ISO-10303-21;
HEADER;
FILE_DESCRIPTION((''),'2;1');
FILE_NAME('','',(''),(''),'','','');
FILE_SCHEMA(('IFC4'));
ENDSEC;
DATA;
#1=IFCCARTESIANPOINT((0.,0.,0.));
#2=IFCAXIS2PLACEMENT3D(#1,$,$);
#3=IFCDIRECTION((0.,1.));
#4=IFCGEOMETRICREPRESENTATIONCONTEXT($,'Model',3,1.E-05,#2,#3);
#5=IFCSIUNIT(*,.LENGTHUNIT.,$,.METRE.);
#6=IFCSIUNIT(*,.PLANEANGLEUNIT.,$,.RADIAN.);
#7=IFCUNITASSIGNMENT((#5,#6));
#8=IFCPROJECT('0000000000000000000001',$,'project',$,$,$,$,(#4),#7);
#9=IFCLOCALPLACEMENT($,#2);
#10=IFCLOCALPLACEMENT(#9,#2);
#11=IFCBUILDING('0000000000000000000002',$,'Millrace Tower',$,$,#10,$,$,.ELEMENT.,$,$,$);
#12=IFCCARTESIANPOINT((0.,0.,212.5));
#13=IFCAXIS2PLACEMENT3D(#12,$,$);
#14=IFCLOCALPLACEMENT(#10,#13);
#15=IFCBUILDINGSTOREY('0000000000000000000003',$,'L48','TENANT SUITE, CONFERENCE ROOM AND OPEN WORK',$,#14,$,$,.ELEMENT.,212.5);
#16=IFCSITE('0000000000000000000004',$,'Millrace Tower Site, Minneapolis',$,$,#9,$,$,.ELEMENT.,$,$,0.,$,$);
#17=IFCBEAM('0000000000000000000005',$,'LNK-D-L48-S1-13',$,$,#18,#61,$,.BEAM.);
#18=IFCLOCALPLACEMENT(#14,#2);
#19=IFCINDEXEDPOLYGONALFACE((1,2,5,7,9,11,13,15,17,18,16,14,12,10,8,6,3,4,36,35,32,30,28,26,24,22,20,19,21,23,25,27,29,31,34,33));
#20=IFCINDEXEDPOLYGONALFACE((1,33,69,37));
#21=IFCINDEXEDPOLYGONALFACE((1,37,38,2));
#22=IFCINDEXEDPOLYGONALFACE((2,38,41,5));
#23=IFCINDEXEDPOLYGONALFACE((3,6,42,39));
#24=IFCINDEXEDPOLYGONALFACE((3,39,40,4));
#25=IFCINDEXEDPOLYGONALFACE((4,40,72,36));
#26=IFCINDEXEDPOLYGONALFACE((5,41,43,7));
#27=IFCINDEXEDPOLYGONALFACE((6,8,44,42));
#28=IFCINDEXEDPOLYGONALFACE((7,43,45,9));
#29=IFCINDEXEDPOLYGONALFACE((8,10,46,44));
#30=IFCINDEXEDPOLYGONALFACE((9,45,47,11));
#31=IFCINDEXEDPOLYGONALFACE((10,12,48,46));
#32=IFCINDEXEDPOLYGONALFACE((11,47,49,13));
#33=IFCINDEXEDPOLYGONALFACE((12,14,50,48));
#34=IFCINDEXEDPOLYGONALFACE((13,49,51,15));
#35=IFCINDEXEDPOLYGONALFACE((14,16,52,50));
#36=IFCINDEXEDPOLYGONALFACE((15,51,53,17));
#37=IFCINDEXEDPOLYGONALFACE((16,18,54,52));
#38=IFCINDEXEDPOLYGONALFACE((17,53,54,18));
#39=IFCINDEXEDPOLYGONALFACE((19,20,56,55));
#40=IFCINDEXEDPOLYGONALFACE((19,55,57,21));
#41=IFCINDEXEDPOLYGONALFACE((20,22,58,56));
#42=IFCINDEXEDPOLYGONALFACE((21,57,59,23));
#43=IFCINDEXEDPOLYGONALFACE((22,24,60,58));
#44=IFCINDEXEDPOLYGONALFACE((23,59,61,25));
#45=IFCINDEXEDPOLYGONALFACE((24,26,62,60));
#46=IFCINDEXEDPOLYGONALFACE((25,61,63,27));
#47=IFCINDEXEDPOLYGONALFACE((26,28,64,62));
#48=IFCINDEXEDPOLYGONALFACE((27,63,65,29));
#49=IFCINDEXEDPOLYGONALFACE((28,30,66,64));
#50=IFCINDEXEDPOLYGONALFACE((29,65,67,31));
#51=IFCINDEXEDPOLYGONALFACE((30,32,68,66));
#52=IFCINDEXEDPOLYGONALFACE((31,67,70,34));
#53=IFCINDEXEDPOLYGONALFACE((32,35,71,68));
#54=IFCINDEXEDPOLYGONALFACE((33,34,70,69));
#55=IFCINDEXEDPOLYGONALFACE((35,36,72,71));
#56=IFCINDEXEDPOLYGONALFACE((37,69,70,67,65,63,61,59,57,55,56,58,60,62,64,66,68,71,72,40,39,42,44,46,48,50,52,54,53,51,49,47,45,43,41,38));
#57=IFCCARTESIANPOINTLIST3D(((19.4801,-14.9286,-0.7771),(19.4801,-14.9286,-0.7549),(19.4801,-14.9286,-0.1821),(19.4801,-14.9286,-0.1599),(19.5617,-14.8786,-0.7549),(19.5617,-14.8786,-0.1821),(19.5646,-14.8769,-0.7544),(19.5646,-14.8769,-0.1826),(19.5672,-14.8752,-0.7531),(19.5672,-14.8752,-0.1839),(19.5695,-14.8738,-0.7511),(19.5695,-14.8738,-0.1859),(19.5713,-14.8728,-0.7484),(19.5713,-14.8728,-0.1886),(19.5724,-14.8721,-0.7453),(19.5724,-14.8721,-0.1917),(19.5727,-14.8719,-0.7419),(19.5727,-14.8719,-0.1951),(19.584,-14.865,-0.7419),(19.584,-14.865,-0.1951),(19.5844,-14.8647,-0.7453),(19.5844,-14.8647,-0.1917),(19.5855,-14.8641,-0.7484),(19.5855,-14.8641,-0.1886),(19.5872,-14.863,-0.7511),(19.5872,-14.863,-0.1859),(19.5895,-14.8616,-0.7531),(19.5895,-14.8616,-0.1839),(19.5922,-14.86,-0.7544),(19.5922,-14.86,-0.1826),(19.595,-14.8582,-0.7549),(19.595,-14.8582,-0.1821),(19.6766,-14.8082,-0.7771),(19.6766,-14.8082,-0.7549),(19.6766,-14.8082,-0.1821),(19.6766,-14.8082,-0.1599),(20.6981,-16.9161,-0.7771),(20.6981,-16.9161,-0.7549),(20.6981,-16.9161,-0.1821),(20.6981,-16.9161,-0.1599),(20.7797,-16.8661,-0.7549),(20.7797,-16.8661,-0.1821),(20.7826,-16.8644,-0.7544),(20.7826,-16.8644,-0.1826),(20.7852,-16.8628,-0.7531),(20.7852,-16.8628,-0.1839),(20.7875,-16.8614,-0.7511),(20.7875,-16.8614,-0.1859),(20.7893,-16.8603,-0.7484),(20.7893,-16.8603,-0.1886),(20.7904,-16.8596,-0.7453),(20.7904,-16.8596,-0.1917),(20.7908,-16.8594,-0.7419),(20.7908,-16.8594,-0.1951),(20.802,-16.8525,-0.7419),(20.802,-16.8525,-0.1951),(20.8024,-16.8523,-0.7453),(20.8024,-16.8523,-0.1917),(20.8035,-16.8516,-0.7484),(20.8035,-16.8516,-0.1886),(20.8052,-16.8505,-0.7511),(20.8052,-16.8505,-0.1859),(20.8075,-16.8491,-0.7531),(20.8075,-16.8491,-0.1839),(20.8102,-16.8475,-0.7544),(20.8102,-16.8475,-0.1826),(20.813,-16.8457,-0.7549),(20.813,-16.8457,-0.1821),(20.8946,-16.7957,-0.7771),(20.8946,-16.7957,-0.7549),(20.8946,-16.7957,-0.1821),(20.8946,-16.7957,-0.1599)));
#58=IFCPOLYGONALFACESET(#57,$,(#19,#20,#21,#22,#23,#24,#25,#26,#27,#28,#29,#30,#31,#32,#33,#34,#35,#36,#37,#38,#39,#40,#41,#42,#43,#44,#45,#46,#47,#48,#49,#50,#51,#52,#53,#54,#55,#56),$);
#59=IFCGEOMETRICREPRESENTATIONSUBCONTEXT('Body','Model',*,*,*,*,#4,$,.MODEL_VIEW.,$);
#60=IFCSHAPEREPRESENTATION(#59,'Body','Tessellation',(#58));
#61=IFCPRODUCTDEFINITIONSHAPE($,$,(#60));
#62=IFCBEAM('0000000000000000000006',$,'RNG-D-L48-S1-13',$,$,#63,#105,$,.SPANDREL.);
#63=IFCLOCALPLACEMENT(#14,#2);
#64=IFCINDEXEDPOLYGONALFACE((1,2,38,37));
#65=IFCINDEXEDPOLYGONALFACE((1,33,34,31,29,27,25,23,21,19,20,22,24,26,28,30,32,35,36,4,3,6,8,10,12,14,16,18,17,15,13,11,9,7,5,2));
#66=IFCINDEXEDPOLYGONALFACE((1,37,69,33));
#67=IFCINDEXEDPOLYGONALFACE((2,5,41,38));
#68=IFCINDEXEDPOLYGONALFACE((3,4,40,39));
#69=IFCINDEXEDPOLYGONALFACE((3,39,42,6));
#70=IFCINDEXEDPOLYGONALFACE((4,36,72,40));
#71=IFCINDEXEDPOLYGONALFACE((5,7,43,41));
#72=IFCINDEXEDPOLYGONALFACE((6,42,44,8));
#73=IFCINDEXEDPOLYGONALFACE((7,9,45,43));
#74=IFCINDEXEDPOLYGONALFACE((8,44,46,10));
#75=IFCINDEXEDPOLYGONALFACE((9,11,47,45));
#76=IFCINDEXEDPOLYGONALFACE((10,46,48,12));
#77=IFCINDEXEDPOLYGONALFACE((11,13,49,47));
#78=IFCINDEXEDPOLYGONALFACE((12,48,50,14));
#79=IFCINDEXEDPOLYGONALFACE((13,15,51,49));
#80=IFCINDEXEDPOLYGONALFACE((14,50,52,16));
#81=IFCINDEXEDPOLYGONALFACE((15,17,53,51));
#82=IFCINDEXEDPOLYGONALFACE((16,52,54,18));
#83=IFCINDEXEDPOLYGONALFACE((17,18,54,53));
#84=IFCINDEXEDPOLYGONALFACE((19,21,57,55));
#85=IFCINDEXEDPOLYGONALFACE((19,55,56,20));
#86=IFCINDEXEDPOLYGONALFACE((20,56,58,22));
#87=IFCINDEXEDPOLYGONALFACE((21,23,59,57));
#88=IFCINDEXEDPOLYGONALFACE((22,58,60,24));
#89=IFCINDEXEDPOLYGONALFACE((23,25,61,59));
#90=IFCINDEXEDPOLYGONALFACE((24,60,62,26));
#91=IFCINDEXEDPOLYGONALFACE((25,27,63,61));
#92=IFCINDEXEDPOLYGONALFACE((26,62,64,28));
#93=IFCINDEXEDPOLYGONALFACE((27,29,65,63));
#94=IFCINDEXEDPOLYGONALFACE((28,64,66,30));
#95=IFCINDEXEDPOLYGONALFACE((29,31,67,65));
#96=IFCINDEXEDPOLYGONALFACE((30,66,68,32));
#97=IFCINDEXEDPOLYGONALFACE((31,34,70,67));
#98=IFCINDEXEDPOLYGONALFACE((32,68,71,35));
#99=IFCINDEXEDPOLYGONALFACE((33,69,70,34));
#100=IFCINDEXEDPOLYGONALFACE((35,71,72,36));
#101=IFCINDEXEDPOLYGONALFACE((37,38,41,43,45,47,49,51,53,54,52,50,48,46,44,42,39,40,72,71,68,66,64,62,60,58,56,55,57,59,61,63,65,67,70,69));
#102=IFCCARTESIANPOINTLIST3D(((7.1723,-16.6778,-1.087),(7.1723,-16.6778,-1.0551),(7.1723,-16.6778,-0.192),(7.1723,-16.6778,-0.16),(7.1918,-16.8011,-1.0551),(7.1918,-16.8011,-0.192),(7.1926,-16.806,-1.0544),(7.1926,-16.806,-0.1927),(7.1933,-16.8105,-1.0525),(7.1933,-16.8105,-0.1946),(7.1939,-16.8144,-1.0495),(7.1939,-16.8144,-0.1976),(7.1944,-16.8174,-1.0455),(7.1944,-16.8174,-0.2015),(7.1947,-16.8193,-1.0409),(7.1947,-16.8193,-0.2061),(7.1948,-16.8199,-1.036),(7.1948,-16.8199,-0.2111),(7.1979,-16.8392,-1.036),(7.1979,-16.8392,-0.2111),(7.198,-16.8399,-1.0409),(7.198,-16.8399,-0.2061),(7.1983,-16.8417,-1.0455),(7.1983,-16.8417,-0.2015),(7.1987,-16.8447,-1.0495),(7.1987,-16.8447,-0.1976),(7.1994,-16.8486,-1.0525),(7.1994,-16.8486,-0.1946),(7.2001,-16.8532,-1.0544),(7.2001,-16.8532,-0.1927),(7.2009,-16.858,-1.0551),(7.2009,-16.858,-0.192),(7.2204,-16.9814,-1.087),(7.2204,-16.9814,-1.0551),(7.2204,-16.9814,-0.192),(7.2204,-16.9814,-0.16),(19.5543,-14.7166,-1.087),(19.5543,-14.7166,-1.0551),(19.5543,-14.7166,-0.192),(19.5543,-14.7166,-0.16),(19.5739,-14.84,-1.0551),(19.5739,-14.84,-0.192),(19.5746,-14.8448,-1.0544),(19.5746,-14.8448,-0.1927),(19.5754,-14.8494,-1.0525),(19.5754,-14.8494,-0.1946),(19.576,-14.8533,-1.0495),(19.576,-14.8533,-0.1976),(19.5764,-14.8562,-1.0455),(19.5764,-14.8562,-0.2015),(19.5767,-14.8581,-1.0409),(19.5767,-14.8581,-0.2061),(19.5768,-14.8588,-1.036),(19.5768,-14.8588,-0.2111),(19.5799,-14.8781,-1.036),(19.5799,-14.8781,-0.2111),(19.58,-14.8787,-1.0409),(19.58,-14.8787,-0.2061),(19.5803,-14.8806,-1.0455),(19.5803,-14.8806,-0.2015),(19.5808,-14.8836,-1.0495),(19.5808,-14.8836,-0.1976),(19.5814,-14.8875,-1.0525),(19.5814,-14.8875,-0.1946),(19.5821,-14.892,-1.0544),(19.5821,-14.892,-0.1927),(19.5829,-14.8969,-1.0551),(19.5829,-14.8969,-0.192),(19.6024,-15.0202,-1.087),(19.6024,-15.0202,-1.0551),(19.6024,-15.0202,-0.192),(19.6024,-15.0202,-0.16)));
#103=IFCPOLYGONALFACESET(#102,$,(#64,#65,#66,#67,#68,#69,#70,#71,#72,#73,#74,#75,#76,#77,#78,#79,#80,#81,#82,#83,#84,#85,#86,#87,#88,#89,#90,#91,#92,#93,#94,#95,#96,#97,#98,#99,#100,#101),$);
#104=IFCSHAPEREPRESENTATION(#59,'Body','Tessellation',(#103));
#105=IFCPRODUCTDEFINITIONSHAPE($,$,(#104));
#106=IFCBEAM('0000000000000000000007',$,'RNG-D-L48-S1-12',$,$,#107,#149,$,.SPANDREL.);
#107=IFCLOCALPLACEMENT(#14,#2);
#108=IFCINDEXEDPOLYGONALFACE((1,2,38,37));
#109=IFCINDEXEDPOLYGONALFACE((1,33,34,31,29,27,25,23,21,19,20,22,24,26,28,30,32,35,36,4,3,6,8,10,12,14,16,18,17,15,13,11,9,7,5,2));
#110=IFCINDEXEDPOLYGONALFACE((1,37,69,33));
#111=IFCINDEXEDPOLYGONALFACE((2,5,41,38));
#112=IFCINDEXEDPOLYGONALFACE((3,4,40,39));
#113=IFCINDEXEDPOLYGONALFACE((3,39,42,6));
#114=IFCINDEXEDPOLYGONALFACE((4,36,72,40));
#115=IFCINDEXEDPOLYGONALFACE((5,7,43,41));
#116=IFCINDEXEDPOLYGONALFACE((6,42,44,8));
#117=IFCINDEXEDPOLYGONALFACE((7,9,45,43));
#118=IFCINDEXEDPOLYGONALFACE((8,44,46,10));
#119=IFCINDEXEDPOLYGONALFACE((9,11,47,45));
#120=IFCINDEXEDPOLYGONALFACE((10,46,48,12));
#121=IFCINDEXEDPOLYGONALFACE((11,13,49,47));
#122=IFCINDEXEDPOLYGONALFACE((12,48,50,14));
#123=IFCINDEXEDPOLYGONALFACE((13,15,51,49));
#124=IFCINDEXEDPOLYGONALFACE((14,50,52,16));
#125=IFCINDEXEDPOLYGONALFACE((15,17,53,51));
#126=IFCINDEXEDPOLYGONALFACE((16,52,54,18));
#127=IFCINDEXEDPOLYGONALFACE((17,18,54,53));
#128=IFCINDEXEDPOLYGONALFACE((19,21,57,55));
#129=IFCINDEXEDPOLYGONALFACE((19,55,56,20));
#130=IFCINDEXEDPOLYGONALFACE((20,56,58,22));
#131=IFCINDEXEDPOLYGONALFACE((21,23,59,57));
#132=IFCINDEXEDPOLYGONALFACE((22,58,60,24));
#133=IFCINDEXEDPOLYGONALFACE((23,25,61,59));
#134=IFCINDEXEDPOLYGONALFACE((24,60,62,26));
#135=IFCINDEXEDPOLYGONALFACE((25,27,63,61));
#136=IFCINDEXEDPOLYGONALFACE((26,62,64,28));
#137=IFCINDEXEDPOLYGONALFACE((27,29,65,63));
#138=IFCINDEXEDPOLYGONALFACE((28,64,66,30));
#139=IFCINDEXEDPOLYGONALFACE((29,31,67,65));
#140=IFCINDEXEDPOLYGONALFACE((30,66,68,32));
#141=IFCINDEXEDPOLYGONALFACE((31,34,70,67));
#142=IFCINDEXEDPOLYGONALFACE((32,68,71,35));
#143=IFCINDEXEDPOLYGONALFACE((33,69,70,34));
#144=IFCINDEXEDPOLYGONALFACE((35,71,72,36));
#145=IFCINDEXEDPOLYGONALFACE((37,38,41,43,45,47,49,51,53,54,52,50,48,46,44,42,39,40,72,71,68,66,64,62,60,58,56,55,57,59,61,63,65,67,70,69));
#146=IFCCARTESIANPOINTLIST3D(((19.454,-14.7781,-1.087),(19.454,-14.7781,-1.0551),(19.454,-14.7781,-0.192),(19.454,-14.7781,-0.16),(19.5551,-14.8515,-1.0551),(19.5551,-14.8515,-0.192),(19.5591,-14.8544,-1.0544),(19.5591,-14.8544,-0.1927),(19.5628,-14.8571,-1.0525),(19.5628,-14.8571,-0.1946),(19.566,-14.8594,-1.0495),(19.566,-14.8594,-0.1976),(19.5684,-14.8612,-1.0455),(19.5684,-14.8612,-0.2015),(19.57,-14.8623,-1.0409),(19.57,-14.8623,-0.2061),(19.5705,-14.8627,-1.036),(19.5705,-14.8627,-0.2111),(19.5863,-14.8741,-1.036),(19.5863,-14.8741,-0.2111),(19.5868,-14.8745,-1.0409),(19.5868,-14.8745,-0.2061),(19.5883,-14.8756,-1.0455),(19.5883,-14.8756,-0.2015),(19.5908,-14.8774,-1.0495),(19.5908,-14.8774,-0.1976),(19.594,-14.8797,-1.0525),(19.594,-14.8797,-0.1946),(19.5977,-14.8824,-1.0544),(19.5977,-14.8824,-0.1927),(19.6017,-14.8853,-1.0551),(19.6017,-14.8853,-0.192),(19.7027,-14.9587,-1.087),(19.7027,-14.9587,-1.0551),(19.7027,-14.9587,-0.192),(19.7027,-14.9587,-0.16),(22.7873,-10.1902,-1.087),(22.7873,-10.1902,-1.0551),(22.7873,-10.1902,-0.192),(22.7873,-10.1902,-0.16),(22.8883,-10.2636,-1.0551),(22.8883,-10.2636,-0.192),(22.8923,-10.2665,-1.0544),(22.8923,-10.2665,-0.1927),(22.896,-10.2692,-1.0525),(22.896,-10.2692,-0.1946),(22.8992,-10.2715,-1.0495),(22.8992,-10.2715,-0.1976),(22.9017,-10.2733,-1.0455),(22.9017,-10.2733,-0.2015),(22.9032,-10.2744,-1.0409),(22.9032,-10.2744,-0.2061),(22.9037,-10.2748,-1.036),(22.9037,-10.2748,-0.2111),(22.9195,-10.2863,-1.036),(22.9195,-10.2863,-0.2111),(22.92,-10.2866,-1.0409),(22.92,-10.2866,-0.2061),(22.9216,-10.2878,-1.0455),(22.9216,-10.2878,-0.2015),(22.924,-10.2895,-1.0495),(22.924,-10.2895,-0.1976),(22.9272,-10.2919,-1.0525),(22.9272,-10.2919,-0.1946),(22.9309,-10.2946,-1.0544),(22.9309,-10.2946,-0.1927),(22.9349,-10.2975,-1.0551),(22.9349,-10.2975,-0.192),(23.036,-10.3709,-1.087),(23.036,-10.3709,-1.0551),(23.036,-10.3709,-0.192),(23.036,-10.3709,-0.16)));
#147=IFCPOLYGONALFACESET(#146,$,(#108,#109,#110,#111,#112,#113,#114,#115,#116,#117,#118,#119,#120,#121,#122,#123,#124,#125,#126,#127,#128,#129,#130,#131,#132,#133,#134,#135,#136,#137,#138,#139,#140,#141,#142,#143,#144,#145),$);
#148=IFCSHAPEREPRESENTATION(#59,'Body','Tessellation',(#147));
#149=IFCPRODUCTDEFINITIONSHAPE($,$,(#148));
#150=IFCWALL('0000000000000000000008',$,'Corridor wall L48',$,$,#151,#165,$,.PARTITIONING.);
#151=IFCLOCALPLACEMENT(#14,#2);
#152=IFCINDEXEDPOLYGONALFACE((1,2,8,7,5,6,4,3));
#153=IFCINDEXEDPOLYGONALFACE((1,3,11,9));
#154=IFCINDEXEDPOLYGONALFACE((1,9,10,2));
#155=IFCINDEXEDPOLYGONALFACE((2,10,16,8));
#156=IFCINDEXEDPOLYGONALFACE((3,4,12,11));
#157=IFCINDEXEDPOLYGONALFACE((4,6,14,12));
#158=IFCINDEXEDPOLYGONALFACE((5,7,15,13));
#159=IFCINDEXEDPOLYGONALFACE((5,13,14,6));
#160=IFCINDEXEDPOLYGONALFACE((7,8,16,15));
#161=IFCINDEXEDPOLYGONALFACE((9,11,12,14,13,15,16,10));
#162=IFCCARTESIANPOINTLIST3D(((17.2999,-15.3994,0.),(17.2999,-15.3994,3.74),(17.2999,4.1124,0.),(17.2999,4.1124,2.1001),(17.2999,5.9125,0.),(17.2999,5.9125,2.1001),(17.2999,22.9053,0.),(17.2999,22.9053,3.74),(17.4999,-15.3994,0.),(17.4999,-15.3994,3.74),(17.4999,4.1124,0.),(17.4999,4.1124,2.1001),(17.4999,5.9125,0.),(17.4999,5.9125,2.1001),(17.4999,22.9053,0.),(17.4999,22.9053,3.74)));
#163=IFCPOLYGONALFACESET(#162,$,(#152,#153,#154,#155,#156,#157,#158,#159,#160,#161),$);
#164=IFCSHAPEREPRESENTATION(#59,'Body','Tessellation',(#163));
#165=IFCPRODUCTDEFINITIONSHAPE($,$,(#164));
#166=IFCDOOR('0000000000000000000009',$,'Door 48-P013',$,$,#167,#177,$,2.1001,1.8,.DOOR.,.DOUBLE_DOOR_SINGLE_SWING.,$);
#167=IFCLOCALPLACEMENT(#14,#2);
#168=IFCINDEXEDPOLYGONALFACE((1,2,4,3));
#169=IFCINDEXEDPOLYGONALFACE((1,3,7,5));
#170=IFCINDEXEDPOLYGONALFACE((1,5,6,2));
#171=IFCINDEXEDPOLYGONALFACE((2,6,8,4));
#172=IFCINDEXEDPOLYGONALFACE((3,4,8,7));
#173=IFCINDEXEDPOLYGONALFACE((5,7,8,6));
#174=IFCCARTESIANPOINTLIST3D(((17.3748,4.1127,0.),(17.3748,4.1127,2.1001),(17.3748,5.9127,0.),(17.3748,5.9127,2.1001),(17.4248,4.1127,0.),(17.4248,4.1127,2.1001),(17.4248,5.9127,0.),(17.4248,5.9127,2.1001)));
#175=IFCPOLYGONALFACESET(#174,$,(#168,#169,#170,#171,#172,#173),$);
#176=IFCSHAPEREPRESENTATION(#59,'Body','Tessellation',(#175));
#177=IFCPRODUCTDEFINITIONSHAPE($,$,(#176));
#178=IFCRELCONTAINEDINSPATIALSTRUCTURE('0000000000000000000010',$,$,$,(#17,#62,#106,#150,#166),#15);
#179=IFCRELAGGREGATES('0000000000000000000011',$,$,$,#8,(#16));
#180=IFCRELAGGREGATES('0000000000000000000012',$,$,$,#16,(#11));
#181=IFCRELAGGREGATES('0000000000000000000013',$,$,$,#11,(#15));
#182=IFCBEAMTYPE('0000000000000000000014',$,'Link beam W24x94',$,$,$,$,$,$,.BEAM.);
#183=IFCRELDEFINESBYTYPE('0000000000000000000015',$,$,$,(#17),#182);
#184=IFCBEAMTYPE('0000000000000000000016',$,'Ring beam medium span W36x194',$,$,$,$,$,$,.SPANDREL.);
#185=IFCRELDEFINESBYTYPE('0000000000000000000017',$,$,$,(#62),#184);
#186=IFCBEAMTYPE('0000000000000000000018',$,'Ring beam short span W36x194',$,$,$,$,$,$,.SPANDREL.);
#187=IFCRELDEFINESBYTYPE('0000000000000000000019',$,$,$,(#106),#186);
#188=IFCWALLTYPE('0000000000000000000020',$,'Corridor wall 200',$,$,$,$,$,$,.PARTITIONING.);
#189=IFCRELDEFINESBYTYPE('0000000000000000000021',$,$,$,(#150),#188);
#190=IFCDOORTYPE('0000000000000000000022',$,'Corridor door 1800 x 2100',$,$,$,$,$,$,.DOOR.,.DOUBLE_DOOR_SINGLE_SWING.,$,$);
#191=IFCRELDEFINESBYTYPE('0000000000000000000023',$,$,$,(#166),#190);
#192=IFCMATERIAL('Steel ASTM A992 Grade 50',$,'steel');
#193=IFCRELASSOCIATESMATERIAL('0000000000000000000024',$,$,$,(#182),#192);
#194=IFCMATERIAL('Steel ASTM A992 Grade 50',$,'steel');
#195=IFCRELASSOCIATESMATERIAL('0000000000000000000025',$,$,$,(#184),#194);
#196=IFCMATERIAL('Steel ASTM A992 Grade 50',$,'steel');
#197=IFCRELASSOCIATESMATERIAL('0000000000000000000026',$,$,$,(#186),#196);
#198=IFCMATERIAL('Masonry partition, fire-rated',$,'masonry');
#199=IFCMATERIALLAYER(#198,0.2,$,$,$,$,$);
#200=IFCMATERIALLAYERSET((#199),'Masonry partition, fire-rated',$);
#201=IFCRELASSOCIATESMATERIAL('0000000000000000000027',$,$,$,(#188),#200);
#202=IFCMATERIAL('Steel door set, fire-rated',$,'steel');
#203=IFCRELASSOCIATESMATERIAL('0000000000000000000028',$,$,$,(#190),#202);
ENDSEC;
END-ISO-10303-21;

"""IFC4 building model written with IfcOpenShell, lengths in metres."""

from ifc_helpers import new_model, si_unit, direction, frame, frame_2d, origin, origin_2d, place, context, subcontext, project, spatial, rectangle, i_section, extrude, material, layer, layer_set, material_profile, profile_set, type_object, element, fill, save


model = new_model("IFC4")

# Units and contexts
model_context = context("Model", 3, precision=1e-05, world=origin(), true_north=direction((0.0, 1.0)))
body_context = subcontext(model_context, "Body", "Model", "MODEL_VIEW")
ifc_project = project(units=[si_unit("LENGTHUNIT", "METRE"), si_unit("PLANEANGLEUNIT", "RADIAN")], contexts=[model_context])

# Site, building, storey
site_placement = place(None, origin())
site = spatial("IfcSite", under=ifc_project, at=site_placement, Name="Millrace Tower Site, Minneapolis", CompositionType="ELEMENT", RefElevation=0.0)
building_placement = place(site_placement, origin())
building = spatial("IfcBuilding", under=site, at=building_placement, Name="Millrace Tower", CompositionType="ELEMENT")
storey_placement = place(building_placement, frame((0.0, 0.0, 212.5)))
storey = spatial("IfcBuildingStorey", under=building, at=storey_placement, Name="L48", Description="TENANT SUITE, CONFERENCE ROOM AND OPEN WORK", CompositionType="ELEMENT", Elevation=212.5)

# Beams
ifc_material_1 = material(Name="Steel ASTM A992 Grade 50", Category="steel")
ifc_material_profile_1 = material_profile(ifc_material_1, i_section(OverallWidth=0.2305, OverallDepth=0.6172, WebThickness=0.0132, FlangeThickness=0.0222, FilletRadius=0.0129, at=origin_2d()))
ifc_profile_set_1 = profile_set([ifc_material_profile_1], Name="Steel ASTM A992 Grade 50")
beam_type_1 = type_object("IfcBeamType", Name="Link beam W24x94", PredefinedType="BEAM", material=ifc_profile_set_1)
beam_1_placement = place(storey_placement, frame((19.5784, -14.8684, -0.4685), z_axis=(0.522513, -0.852631, 0.0), x_axis=(0.852631, 0.522513, 0.0)))
element("IfcBeam", 1, at=beam_1_placement, inside=storey, type_object=beam_type_1, Name="LNK-D-L48-S1-13", PredefinedType="BEAM", context=body_context, shape_type="SweptSolid", body=[
    extrude(i_section(OverallWidth=0.2305, OverallDepth=0.6172, WebThickness=0.0132, FlangeThickness=0.0222, FilletRadius=0.0129, at=origin_2d()), origin(), (0.0, 0.0, 1.0), 2.3311),
])
ifc_material_2 = material(Name="Steel ASTM A992 Grade 50", Category="steel")
ifc_material_profile_2 = material_profile(ifc_material_2, i_section(OverallWidth=0.3074, OverallDepth=0.927, WebThickness=0.0195, FlangeThickness=0.032, FilletRadius=0.019, at=origin_2d()))
ifc_profile_set_2 = profile_set([ifc_material_profile_2], Name="Steel ASTM A992 Grade 50")
beam_type_2 = type_object("IfcBeamType", Name="Ring beam medium span W36x194", PredefinedType="SPANDREL", material=ifc_profile_set_2)
beam_2_placement = place(storey_placement, frame((19.5784, -14.8684, -0.6235), z_axis=(-0.987688, -0.156439, 0.0), x_axis=(0.156439, -0.987688, 0.0)))
element("IfcBeam", 2, at=beam_2_placement, inside=storey, type_object=beam_type_2, Name="RNG-D-L48-S1-13", PredefinedType="SPANDREL", context=body_context, shape_type="SweptSolid", body=[
    extrude(i_section(OverallWidth=0.3074, OverallDepth=0.927, WebThickness=0.0195, FlangeThickness=0.032, FilletRadius=0.019, at=origin_2d()), origin(), (0.0, 0.0, 1.0), 12.5364),
])
ifc_material_3 = material(Name="Steel ASTM A992 Grade 50", Category="steel")
ifc_material_profile_3 = material_profile(ifc_material_3, i_section(OverallWidth=0.3074, OverallDepth=0.927, WebThickness=0.0195, FlangeThickness=0.032, FilletRadius=0.019, at=origin_2d()))
ifc_profile_set_3 = profile_set([ifc_material_profile_3], Name="Steel ASTM A992 Grade 50")
beam_type_3 = type_object("IfcBeamType", Name="Ring beam short span W36x194", PredefinedType="SPANDREL", material=ifc_profile_set_3)
beam_3_placement = place(storey_placement, frame((22.9116, -10.2805, -0.6235), z_axis=(-0.58778, -0.809021, 0.0), x_axis=(0.809021, -0.58778, 0.0)))
element("IfcBeam", 3, at=beam_3_placement, inside=storey, type_object=beam_type_3, Name="RNG-D-L48-S1-12", PredefinedType="SPANDREL", context=body_context, shape_type="SweptSolid", body=[
    extrude(i_section(OverallWidth=0.3074, OverallDepth=0.927, WebThickness=0.0195, FlangeThickness=0.032, FilletRadius=0.019, at=origin_2d()), origin(), (0.0, 0.0, 1.0), 5.6709),
])

# Wall, opening, door
ifc_material_4 = material(Name="Masonry partition, fire-rated", Category="masonry")
ifc_layer_1 = layer(ifc_material_4, 0.2)
ifc_layer_set_1 = layer_set([ifc_layer_1], Name="Masonry partition, fire-rated")
wall_type = type_object("IfcWallType", Name="Corridor wall 200", PredefinedType="PARTITIONING", material=ifc_layer_set_1)
wall_placement = place(storey_placement, frame((17.3999, -15.3994, 0.0), z_axis=(0.0, 0.0, 1.0), x_axis=(0.0, 1.0, 0.0)))
wall = element("IfcWall", 4, at=wall_placement, inside=storey, type_object=wall_type, Name="Corridor wall L48", PredefinedType="PARTITIONING", context=body_context, shape_type="SweptSolid", body=[
    extrude(rectangle(XDim=38.3047, YDim=0.2, at=frame_2d((19.1523, 0.0))), origin(), (0.0, 0.0, 1.0), 3.74),
])
opening_placement = place(wall_placement, frame((19.512, 0.0, 0.0)))
opening = element("IfcOpeningElement", 5, at=opening_placement, cuts=wall, PredefinedType="OPENING", context=body_context, shape_type="SweptSolid", body=[
    extrude(rectangle(XDim=1.8, YDim=2.1001, at=frame_2d((0.8999, 1.05))), frame((0.0, 0.1099, 0.0), z_axis=(0.0, -1.0, 0.0), x_axis=(1.0, 0.0, 0.0)), (0.0, 0.0, 1.0), 0.22),
])
ifc_material_5 = material(Name="Steel door set, fire-rated", Category="steel")
door_type = type_object("IfcDoorType", Name="Corridor door 1800 x 2100", OperationType="DOUBLE_DOOR_SINGLE_SWING", PredefinedType="DOOR", material=ifc_material_5)
door_placement = place(opening_placement, frame((1.8, 0.0, 0.0), z_axis=(0.0, 0.0, 1.0), x_axis=(-1.0, 0.0, 0.0)))
door = element("IfcDoor", 6, at=door_placement, inside=storey, type_object=door_type, Name="Door 48-P013", OperationType="DOUBLE_DOOR_SINGLE_SWING", OverallHeight=2.1001, OverallWidth=1.8, PredefinedType="DOOR", context=body_context, shape_type="SweptSolid", body=[
    extrude(rectangle(XDim=1.8, YDim=2.1001, at=frame_2d((0.8999, 1.05))), frame((0.0, 0.0249, 0.0), z_axis=(0.0, -1.0, 0.0), x_axis=(1.0, 0.0, 0.0)), (0.0, 0.0, 1.0), 0.05),
])
fill(opening, door)

save(model, "model.ifc")
